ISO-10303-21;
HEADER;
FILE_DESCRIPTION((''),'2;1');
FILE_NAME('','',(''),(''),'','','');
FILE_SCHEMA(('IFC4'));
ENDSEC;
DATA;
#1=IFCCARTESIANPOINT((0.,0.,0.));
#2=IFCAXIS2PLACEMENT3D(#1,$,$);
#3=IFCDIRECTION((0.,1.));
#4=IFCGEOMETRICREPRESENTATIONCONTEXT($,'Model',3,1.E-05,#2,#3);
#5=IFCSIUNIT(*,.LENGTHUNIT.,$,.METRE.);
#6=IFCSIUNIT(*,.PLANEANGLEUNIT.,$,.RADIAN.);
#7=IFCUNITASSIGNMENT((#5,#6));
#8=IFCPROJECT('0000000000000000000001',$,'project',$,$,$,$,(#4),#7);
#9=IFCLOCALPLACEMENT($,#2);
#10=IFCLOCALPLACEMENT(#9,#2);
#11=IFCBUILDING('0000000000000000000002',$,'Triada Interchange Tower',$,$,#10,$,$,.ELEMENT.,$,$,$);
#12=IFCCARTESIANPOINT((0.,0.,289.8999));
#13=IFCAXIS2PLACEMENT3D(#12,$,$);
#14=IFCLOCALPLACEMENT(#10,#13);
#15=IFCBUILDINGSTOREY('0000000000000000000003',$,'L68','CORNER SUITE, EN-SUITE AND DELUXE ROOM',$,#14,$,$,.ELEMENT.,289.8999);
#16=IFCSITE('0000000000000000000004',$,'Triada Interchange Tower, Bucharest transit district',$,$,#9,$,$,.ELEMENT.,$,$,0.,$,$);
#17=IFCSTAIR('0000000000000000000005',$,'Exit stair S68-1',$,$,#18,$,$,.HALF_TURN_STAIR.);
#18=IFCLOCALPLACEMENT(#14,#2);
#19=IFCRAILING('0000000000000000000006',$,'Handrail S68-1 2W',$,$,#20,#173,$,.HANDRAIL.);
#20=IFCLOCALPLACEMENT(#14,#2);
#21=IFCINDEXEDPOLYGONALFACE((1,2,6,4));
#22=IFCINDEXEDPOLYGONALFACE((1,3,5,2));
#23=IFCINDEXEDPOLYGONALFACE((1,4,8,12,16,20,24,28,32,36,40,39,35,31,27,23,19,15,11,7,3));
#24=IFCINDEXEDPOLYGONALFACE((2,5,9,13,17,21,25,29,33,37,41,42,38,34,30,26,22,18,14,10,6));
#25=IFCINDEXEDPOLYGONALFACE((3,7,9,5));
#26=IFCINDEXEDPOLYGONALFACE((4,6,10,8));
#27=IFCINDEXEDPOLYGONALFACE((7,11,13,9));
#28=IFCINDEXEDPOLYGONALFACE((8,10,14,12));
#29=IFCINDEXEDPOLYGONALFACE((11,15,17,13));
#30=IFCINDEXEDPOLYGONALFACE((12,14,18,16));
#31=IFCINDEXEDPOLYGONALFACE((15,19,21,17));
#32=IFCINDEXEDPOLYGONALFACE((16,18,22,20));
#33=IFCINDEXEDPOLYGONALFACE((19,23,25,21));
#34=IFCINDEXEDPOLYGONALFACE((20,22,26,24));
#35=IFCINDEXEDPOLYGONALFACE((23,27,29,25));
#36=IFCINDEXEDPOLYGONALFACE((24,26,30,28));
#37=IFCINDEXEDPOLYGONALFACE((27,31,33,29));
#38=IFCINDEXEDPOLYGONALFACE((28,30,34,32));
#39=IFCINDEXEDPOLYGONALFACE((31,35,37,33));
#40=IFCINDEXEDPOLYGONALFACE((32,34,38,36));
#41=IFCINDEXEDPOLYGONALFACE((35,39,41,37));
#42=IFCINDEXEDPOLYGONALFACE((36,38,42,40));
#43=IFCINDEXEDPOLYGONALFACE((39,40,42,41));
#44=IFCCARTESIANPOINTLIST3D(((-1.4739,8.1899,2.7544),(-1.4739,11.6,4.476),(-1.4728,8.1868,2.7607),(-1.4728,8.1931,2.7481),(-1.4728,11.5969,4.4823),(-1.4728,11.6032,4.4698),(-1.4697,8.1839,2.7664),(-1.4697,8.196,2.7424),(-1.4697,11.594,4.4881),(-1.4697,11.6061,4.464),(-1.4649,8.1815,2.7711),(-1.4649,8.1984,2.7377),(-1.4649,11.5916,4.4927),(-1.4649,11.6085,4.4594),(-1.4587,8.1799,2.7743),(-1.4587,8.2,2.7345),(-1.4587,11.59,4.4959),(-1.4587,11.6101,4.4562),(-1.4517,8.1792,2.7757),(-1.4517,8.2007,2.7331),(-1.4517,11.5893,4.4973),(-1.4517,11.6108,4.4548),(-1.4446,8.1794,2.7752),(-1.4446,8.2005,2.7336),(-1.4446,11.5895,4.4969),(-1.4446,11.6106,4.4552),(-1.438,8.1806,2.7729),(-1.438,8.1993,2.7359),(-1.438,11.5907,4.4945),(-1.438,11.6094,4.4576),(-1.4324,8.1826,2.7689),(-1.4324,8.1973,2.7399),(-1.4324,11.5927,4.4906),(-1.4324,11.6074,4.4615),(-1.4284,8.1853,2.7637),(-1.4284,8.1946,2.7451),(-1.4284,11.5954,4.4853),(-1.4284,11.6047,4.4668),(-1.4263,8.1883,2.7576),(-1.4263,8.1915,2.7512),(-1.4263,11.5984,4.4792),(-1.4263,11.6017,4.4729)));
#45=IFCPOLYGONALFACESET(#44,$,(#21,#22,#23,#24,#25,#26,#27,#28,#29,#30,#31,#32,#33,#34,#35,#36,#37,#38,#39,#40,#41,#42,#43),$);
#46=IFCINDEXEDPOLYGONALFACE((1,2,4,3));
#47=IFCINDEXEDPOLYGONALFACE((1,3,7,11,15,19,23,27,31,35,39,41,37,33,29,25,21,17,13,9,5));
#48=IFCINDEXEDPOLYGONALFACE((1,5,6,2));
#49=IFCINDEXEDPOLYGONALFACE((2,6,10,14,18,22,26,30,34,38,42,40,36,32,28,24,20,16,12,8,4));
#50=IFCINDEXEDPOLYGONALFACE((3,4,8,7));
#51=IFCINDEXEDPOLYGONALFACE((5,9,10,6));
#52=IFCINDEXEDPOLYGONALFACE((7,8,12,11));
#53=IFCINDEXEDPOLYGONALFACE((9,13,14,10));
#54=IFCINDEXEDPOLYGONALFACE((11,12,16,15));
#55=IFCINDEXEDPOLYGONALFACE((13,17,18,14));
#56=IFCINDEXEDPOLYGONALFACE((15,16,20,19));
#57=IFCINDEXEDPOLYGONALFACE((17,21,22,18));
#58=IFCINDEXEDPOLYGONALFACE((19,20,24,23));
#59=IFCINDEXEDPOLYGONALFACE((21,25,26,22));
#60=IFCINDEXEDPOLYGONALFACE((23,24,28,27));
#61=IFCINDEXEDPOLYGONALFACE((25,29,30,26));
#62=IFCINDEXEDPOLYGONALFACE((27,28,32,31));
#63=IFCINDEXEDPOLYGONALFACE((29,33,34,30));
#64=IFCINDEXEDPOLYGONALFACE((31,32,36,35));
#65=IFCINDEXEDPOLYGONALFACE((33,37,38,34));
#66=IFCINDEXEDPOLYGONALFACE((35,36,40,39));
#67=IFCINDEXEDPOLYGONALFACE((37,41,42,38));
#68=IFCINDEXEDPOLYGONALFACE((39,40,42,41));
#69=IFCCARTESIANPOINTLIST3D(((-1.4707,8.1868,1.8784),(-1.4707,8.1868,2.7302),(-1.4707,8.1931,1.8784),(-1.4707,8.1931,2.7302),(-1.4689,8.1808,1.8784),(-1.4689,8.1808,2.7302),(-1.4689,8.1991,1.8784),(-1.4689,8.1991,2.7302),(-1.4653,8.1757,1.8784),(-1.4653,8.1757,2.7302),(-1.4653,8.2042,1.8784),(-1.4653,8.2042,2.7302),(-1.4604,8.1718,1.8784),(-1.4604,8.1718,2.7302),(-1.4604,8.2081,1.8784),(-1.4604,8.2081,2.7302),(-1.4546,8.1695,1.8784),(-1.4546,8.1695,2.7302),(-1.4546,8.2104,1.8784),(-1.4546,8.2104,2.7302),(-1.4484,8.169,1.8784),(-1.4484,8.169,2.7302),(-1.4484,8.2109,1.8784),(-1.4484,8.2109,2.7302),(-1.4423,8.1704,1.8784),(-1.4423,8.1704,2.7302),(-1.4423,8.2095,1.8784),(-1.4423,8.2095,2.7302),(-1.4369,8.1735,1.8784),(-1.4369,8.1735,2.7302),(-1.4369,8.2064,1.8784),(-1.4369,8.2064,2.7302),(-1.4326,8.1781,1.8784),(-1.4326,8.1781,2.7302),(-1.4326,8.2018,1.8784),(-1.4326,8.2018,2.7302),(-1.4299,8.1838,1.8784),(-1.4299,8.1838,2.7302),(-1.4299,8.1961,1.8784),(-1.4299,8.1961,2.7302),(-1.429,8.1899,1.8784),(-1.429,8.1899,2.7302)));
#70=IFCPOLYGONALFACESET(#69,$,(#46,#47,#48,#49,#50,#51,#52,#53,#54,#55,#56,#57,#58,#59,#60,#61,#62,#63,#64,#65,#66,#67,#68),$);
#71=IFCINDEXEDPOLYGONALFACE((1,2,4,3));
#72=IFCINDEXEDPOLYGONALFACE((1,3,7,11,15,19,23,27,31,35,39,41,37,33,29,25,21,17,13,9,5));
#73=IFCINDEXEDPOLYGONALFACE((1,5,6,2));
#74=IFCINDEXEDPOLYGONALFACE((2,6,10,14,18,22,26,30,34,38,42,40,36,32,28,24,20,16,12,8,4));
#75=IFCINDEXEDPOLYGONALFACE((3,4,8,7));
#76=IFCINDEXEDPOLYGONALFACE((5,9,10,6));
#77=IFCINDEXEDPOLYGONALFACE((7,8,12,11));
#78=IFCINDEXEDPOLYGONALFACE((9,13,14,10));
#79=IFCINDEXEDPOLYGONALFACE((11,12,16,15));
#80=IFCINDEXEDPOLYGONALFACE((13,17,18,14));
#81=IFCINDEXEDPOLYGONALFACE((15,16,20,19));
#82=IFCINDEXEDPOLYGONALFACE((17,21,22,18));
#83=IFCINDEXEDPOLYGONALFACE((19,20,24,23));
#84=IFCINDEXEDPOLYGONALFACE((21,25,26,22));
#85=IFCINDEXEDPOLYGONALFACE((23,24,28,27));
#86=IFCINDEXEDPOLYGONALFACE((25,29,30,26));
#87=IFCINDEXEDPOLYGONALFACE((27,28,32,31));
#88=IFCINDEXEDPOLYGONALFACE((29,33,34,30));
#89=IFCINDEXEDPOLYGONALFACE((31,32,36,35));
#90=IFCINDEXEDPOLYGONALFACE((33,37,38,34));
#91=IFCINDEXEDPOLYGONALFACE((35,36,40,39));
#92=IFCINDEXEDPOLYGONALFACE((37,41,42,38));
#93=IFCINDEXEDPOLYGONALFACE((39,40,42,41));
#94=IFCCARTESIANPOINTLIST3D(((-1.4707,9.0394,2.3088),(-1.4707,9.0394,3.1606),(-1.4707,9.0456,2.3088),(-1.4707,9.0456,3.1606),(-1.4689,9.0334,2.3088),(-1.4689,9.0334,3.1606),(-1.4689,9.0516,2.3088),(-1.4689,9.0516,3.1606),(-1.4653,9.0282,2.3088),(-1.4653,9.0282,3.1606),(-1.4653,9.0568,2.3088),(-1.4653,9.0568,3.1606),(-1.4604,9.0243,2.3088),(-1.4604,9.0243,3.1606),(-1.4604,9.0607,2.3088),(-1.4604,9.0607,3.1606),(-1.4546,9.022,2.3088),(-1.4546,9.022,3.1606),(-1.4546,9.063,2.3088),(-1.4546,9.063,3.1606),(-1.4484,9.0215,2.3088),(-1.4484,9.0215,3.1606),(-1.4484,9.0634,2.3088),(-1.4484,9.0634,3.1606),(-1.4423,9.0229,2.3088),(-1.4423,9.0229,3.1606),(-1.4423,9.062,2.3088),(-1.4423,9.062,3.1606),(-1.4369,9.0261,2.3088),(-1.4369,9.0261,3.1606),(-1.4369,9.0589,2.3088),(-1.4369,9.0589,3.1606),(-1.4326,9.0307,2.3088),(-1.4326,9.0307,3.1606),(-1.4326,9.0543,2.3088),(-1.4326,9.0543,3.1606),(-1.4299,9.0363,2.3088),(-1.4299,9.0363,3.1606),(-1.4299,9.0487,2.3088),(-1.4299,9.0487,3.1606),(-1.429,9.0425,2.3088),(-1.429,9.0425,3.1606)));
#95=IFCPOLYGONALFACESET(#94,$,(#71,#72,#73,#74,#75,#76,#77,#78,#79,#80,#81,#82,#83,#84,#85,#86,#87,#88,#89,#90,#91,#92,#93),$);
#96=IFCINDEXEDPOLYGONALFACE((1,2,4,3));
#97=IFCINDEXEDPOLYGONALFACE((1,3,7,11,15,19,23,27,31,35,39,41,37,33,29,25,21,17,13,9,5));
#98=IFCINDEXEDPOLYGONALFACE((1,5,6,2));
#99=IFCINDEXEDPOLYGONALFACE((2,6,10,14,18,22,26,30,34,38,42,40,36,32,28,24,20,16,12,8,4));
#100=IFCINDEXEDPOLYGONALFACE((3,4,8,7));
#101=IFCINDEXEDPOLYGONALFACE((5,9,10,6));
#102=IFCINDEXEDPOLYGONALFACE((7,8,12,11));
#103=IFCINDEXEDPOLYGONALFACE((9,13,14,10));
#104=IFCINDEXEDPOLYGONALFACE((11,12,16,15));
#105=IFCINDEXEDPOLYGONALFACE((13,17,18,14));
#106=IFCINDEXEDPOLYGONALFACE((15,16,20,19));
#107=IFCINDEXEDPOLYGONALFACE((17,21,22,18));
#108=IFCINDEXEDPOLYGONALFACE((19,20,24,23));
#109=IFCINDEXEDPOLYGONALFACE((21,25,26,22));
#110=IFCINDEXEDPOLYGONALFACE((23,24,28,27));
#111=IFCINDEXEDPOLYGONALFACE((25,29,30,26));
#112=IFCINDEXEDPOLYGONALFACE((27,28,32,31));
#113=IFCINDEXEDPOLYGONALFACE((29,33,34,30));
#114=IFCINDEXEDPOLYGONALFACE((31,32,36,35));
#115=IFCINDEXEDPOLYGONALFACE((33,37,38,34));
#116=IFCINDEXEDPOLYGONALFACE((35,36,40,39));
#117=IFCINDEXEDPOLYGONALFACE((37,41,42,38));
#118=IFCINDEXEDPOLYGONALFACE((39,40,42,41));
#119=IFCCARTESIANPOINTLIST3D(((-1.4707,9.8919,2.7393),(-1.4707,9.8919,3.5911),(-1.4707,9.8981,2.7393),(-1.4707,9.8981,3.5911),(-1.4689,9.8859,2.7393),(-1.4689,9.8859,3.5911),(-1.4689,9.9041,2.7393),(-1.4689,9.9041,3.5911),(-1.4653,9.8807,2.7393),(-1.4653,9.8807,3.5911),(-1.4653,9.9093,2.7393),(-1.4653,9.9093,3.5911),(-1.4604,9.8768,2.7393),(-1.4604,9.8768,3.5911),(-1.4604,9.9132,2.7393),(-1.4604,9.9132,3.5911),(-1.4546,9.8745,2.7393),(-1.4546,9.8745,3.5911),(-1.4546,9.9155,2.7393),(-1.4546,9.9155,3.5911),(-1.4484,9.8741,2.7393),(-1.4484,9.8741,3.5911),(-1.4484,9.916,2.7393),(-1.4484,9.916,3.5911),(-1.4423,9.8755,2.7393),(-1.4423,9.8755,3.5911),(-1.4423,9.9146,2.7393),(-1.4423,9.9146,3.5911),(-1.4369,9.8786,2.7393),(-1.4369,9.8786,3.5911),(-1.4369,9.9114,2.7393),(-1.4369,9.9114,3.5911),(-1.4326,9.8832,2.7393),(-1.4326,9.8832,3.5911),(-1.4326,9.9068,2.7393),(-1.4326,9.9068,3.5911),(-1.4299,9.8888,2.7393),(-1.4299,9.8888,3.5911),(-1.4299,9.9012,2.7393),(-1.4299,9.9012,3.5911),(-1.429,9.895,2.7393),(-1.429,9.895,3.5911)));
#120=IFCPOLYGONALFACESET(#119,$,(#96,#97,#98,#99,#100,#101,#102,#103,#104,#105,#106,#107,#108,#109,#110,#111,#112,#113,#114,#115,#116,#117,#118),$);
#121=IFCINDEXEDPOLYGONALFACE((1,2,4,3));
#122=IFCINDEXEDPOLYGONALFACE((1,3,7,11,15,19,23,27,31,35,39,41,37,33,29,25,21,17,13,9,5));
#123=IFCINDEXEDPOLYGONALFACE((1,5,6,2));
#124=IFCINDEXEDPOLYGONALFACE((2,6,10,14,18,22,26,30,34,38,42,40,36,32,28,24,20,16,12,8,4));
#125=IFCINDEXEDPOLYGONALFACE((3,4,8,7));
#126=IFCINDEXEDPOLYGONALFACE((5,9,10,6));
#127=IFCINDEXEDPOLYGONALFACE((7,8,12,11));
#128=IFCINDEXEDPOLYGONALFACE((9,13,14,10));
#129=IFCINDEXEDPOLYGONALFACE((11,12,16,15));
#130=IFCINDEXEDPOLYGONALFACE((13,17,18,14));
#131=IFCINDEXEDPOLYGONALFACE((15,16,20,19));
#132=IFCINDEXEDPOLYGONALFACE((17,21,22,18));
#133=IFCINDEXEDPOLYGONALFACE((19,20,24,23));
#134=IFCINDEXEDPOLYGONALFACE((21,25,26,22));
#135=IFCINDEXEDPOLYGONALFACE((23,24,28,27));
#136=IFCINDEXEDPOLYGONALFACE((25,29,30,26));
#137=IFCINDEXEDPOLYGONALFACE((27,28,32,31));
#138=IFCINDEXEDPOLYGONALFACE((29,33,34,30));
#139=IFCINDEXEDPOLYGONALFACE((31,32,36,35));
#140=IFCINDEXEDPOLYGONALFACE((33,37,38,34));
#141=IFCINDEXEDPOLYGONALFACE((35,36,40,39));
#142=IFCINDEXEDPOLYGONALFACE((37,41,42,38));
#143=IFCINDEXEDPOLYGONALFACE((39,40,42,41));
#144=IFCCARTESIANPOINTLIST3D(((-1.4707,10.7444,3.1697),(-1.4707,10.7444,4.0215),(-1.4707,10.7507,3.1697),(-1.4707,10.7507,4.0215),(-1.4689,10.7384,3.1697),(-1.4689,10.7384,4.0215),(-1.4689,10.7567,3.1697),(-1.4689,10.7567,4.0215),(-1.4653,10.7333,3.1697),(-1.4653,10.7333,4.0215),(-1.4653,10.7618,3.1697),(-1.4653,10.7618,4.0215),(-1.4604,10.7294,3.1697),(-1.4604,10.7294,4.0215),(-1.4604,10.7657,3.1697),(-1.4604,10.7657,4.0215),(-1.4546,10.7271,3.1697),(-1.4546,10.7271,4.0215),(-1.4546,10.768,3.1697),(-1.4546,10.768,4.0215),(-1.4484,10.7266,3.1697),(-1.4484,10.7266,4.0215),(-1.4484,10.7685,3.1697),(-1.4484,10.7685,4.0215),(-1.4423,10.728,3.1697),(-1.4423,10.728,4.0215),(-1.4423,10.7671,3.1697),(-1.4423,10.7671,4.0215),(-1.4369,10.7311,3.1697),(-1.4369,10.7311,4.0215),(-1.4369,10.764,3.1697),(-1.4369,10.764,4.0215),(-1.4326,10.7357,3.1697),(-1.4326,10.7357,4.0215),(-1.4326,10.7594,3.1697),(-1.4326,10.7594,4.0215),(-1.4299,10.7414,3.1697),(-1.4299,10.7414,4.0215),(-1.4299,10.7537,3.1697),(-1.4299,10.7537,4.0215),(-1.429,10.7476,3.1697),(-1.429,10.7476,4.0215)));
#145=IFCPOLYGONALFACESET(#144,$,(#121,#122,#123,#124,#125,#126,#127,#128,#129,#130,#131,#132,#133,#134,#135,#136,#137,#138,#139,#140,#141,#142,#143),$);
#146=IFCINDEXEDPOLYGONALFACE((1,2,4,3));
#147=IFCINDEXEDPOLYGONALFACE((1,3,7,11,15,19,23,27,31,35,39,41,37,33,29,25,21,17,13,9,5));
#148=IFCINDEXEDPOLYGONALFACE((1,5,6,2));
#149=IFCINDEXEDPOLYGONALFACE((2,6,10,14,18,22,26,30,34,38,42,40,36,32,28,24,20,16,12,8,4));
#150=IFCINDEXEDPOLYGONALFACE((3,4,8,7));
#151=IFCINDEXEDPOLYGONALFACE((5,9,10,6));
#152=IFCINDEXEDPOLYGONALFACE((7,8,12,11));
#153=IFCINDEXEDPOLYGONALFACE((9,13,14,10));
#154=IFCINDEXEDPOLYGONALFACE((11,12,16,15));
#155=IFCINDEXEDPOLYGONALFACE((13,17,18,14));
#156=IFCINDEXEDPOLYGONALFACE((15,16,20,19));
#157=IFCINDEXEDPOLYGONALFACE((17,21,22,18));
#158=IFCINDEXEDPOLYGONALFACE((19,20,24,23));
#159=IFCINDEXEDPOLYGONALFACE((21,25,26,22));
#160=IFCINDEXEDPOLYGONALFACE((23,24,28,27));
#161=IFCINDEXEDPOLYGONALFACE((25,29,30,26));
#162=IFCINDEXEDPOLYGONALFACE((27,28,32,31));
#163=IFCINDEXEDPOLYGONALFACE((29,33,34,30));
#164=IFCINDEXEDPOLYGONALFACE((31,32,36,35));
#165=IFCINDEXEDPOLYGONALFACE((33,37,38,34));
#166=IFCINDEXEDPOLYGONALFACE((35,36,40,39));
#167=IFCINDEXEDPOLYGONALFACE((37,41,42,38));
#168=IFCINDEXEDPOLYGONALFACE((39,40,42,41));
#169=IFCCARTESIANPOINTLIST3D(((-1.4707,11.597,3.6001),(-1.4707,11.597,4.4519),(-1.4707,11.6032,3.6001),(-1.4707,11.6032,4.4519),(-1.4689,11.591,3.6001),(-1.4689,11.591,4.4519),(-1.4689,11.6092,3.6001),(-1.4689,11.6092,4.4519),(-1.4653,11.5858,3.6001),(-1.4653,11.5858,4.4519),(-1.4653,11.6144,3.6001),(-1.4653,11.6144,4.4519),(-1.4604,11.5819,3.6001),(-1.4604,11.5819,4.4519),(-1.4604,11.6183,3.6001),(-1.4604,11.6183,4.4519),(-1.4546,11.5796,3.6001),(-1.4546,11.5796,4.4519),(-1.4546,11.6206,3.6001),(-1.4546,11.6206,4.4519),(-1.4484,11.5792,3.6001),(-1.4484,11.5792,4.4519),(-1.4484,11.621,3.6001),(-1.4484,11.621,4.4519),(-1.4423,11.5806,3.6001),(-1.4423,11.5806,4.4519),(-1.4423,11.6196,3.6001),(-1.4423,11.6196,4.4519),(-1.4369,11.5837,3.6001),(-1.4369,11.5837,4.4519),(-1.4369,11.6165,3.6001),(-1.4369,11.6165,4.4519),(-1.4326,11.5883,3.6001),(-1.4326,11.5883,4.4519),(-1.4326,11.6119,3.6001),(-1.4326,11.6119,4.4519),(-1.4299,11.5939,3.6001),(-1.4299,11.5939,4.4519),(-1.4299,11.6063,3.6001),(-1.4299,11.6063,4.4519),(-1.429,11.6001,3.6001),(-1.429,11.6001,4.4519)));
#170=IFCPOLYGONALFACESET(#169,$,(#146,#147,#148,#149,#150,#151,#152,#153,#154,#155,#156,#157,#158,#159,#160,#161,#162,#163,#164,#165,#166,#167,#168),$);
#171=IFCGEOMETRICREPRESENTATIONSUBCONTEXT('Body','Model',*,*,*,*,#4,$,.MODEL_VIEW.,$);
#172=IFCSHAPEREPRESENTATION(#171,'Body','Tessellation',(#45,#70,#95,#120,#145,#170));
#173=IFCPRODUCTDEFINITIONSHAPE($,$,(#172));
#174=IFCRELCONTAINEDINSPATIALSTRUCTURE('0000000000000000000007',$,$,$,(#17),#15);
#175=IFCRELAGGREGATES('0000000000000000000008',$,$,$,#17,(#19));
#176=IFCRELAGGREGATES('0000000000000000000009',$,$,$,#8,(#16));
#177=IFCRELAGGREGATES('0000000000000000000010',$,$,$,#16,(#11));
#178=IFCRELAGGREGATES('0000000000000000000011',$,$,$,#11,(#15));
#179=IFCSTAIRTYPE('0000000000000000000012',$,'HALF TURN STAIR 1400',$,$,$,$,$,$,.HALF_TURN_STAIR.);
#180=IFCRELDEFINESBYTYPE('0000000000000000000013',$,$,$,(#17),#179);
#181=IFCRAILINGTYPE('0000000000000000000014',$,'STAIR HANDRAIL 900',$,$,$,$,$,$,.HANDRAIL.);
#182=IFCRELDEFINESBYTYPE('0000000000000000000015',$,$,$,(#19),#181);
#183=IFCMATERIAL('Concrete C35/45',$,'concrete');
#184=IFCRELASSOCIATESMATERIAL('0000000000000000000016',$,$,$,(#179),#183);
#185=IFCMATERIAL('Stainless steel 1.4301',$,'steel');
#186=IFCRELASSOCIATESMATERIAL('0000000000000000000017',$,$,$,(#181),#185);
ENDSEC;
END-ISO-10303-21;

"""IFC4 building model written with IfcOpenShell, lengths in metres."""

from ifc_helpers import new_model, si_unit, direction, frame, origin, origin_2d, place, context, subcontext, project, spatial, circle, extrude, material, type_object, element, aggregate, save


model = new_model("IFC4")

# Units and contexts
model_context = context("Model", 3, precision=1e-05, world=origin(), true_north=direction((0.0, 1.0)))
body_context = subcontext(model_context, "Body", "Model", "MODEL_VIEW")
ifc_project = project(units=[si_unit("LENGTHUNIT", "METRE"), si_unit("PLANEANGLEUNIT", "RADIAN")], contexts=[model_context])

# Site, building, storey
site_placement = place(None, origin())
site = spatial("IfcSite", under=ifc_project, at=site_placement, Name="Triada Interchange Tower, Bucharest transit district", CompositionType="ELEMENT", RefElevation=0.0)
building_placement = place(site_placement, origin())
building = spatial("IfcBuilding", under=site, at=building_placement, Name="Triada Interchange Tower", CompositionType="ELEMENT")
storey_placement = place(building_placement, frame((0.0, 0.0, 289.8999)))
storey = spatial("IfcBuildingStorey", under=building, at=storey_placement, Name="L68", Description="CORNER SUITE, EN-SUITE AND DELUXE ROOM", CompositionType="ELEMENT", Elevation=289.8999)

# Stair
ifc_material_1 = material(Name="Concrete C35/45", Category="concrete")
stair_type = type_object("IfcStairType", Name="HALF TURN STAIR 1400", PredefinedType="HALF_TURN_STAIR", material=ifc_material_1)
stair_placement = place(storey_placement, origin())
stair = element("IfcStair", 1, at=stair_placement, inside=storey, type_object=stair_type, Name="Exit stair S68-1", PredefinedType="HALF_TURN_STAIR")

# Railing
ifc_material_2 = material(Name="Stainless steel 1.4301", Category="steel")
railing_type = type_object("IfcRailingType", Name="STAIR HANDRAIL 900", PredefinedType="HANDRAIL", material=ifc_material_2)
railing_1_placement = place(storey_placement, frame((-1.45, 8.1899, 1.8784)))
railing_1 = element("IfcRailing", 2, at=railing_1_placement, type_object=railing_type, Name="Handrail S68-1 2W", PredefinedType="HANDRAIL", context=body_context, shape_type="SweptSolid", body=[
    extrude(circle(Radius=0.0239, at=origin_2d()), frame((0.0, 0.0, 0.876), z_axis=(0.0, 0.892682, 0.450687), x_axis=(-1.0, 0.0, 0.0)), (0.0, 0.0, 1.0), 3.8201),
    extrude(circle(Radius=0.021, at=origin_2d()), origin(), (0.0, 0.0, 1.0), 0.8518),
    extrude(circle(Radius=0.021, at=origin_2d()), frame((0.0, 0.8525, 0.4304)), (0.0, 0.0, 1.0), 0.8518),
    extrude(circle(Radius=0.021, at=origin_2d()), frame((0.0, 1.7051, 0.8608)), (0.0, 0.0, 1.0), 0.8518),
    extrude(circle(Radius=0.021, at=origin_2d()), frame((0.0, 2.5576, 1.2913)), (0.0, 0.0, 1.0), 0.8518),
    extrude(circle(Radius=0.021, at=origin_2d()), frame((0.0, 3.4102, 1.7217)), (0.0, 0.0, 1.0), 0.8518),
])
aggregate(stair, [railing_1])

save(model, "model.ifc")
